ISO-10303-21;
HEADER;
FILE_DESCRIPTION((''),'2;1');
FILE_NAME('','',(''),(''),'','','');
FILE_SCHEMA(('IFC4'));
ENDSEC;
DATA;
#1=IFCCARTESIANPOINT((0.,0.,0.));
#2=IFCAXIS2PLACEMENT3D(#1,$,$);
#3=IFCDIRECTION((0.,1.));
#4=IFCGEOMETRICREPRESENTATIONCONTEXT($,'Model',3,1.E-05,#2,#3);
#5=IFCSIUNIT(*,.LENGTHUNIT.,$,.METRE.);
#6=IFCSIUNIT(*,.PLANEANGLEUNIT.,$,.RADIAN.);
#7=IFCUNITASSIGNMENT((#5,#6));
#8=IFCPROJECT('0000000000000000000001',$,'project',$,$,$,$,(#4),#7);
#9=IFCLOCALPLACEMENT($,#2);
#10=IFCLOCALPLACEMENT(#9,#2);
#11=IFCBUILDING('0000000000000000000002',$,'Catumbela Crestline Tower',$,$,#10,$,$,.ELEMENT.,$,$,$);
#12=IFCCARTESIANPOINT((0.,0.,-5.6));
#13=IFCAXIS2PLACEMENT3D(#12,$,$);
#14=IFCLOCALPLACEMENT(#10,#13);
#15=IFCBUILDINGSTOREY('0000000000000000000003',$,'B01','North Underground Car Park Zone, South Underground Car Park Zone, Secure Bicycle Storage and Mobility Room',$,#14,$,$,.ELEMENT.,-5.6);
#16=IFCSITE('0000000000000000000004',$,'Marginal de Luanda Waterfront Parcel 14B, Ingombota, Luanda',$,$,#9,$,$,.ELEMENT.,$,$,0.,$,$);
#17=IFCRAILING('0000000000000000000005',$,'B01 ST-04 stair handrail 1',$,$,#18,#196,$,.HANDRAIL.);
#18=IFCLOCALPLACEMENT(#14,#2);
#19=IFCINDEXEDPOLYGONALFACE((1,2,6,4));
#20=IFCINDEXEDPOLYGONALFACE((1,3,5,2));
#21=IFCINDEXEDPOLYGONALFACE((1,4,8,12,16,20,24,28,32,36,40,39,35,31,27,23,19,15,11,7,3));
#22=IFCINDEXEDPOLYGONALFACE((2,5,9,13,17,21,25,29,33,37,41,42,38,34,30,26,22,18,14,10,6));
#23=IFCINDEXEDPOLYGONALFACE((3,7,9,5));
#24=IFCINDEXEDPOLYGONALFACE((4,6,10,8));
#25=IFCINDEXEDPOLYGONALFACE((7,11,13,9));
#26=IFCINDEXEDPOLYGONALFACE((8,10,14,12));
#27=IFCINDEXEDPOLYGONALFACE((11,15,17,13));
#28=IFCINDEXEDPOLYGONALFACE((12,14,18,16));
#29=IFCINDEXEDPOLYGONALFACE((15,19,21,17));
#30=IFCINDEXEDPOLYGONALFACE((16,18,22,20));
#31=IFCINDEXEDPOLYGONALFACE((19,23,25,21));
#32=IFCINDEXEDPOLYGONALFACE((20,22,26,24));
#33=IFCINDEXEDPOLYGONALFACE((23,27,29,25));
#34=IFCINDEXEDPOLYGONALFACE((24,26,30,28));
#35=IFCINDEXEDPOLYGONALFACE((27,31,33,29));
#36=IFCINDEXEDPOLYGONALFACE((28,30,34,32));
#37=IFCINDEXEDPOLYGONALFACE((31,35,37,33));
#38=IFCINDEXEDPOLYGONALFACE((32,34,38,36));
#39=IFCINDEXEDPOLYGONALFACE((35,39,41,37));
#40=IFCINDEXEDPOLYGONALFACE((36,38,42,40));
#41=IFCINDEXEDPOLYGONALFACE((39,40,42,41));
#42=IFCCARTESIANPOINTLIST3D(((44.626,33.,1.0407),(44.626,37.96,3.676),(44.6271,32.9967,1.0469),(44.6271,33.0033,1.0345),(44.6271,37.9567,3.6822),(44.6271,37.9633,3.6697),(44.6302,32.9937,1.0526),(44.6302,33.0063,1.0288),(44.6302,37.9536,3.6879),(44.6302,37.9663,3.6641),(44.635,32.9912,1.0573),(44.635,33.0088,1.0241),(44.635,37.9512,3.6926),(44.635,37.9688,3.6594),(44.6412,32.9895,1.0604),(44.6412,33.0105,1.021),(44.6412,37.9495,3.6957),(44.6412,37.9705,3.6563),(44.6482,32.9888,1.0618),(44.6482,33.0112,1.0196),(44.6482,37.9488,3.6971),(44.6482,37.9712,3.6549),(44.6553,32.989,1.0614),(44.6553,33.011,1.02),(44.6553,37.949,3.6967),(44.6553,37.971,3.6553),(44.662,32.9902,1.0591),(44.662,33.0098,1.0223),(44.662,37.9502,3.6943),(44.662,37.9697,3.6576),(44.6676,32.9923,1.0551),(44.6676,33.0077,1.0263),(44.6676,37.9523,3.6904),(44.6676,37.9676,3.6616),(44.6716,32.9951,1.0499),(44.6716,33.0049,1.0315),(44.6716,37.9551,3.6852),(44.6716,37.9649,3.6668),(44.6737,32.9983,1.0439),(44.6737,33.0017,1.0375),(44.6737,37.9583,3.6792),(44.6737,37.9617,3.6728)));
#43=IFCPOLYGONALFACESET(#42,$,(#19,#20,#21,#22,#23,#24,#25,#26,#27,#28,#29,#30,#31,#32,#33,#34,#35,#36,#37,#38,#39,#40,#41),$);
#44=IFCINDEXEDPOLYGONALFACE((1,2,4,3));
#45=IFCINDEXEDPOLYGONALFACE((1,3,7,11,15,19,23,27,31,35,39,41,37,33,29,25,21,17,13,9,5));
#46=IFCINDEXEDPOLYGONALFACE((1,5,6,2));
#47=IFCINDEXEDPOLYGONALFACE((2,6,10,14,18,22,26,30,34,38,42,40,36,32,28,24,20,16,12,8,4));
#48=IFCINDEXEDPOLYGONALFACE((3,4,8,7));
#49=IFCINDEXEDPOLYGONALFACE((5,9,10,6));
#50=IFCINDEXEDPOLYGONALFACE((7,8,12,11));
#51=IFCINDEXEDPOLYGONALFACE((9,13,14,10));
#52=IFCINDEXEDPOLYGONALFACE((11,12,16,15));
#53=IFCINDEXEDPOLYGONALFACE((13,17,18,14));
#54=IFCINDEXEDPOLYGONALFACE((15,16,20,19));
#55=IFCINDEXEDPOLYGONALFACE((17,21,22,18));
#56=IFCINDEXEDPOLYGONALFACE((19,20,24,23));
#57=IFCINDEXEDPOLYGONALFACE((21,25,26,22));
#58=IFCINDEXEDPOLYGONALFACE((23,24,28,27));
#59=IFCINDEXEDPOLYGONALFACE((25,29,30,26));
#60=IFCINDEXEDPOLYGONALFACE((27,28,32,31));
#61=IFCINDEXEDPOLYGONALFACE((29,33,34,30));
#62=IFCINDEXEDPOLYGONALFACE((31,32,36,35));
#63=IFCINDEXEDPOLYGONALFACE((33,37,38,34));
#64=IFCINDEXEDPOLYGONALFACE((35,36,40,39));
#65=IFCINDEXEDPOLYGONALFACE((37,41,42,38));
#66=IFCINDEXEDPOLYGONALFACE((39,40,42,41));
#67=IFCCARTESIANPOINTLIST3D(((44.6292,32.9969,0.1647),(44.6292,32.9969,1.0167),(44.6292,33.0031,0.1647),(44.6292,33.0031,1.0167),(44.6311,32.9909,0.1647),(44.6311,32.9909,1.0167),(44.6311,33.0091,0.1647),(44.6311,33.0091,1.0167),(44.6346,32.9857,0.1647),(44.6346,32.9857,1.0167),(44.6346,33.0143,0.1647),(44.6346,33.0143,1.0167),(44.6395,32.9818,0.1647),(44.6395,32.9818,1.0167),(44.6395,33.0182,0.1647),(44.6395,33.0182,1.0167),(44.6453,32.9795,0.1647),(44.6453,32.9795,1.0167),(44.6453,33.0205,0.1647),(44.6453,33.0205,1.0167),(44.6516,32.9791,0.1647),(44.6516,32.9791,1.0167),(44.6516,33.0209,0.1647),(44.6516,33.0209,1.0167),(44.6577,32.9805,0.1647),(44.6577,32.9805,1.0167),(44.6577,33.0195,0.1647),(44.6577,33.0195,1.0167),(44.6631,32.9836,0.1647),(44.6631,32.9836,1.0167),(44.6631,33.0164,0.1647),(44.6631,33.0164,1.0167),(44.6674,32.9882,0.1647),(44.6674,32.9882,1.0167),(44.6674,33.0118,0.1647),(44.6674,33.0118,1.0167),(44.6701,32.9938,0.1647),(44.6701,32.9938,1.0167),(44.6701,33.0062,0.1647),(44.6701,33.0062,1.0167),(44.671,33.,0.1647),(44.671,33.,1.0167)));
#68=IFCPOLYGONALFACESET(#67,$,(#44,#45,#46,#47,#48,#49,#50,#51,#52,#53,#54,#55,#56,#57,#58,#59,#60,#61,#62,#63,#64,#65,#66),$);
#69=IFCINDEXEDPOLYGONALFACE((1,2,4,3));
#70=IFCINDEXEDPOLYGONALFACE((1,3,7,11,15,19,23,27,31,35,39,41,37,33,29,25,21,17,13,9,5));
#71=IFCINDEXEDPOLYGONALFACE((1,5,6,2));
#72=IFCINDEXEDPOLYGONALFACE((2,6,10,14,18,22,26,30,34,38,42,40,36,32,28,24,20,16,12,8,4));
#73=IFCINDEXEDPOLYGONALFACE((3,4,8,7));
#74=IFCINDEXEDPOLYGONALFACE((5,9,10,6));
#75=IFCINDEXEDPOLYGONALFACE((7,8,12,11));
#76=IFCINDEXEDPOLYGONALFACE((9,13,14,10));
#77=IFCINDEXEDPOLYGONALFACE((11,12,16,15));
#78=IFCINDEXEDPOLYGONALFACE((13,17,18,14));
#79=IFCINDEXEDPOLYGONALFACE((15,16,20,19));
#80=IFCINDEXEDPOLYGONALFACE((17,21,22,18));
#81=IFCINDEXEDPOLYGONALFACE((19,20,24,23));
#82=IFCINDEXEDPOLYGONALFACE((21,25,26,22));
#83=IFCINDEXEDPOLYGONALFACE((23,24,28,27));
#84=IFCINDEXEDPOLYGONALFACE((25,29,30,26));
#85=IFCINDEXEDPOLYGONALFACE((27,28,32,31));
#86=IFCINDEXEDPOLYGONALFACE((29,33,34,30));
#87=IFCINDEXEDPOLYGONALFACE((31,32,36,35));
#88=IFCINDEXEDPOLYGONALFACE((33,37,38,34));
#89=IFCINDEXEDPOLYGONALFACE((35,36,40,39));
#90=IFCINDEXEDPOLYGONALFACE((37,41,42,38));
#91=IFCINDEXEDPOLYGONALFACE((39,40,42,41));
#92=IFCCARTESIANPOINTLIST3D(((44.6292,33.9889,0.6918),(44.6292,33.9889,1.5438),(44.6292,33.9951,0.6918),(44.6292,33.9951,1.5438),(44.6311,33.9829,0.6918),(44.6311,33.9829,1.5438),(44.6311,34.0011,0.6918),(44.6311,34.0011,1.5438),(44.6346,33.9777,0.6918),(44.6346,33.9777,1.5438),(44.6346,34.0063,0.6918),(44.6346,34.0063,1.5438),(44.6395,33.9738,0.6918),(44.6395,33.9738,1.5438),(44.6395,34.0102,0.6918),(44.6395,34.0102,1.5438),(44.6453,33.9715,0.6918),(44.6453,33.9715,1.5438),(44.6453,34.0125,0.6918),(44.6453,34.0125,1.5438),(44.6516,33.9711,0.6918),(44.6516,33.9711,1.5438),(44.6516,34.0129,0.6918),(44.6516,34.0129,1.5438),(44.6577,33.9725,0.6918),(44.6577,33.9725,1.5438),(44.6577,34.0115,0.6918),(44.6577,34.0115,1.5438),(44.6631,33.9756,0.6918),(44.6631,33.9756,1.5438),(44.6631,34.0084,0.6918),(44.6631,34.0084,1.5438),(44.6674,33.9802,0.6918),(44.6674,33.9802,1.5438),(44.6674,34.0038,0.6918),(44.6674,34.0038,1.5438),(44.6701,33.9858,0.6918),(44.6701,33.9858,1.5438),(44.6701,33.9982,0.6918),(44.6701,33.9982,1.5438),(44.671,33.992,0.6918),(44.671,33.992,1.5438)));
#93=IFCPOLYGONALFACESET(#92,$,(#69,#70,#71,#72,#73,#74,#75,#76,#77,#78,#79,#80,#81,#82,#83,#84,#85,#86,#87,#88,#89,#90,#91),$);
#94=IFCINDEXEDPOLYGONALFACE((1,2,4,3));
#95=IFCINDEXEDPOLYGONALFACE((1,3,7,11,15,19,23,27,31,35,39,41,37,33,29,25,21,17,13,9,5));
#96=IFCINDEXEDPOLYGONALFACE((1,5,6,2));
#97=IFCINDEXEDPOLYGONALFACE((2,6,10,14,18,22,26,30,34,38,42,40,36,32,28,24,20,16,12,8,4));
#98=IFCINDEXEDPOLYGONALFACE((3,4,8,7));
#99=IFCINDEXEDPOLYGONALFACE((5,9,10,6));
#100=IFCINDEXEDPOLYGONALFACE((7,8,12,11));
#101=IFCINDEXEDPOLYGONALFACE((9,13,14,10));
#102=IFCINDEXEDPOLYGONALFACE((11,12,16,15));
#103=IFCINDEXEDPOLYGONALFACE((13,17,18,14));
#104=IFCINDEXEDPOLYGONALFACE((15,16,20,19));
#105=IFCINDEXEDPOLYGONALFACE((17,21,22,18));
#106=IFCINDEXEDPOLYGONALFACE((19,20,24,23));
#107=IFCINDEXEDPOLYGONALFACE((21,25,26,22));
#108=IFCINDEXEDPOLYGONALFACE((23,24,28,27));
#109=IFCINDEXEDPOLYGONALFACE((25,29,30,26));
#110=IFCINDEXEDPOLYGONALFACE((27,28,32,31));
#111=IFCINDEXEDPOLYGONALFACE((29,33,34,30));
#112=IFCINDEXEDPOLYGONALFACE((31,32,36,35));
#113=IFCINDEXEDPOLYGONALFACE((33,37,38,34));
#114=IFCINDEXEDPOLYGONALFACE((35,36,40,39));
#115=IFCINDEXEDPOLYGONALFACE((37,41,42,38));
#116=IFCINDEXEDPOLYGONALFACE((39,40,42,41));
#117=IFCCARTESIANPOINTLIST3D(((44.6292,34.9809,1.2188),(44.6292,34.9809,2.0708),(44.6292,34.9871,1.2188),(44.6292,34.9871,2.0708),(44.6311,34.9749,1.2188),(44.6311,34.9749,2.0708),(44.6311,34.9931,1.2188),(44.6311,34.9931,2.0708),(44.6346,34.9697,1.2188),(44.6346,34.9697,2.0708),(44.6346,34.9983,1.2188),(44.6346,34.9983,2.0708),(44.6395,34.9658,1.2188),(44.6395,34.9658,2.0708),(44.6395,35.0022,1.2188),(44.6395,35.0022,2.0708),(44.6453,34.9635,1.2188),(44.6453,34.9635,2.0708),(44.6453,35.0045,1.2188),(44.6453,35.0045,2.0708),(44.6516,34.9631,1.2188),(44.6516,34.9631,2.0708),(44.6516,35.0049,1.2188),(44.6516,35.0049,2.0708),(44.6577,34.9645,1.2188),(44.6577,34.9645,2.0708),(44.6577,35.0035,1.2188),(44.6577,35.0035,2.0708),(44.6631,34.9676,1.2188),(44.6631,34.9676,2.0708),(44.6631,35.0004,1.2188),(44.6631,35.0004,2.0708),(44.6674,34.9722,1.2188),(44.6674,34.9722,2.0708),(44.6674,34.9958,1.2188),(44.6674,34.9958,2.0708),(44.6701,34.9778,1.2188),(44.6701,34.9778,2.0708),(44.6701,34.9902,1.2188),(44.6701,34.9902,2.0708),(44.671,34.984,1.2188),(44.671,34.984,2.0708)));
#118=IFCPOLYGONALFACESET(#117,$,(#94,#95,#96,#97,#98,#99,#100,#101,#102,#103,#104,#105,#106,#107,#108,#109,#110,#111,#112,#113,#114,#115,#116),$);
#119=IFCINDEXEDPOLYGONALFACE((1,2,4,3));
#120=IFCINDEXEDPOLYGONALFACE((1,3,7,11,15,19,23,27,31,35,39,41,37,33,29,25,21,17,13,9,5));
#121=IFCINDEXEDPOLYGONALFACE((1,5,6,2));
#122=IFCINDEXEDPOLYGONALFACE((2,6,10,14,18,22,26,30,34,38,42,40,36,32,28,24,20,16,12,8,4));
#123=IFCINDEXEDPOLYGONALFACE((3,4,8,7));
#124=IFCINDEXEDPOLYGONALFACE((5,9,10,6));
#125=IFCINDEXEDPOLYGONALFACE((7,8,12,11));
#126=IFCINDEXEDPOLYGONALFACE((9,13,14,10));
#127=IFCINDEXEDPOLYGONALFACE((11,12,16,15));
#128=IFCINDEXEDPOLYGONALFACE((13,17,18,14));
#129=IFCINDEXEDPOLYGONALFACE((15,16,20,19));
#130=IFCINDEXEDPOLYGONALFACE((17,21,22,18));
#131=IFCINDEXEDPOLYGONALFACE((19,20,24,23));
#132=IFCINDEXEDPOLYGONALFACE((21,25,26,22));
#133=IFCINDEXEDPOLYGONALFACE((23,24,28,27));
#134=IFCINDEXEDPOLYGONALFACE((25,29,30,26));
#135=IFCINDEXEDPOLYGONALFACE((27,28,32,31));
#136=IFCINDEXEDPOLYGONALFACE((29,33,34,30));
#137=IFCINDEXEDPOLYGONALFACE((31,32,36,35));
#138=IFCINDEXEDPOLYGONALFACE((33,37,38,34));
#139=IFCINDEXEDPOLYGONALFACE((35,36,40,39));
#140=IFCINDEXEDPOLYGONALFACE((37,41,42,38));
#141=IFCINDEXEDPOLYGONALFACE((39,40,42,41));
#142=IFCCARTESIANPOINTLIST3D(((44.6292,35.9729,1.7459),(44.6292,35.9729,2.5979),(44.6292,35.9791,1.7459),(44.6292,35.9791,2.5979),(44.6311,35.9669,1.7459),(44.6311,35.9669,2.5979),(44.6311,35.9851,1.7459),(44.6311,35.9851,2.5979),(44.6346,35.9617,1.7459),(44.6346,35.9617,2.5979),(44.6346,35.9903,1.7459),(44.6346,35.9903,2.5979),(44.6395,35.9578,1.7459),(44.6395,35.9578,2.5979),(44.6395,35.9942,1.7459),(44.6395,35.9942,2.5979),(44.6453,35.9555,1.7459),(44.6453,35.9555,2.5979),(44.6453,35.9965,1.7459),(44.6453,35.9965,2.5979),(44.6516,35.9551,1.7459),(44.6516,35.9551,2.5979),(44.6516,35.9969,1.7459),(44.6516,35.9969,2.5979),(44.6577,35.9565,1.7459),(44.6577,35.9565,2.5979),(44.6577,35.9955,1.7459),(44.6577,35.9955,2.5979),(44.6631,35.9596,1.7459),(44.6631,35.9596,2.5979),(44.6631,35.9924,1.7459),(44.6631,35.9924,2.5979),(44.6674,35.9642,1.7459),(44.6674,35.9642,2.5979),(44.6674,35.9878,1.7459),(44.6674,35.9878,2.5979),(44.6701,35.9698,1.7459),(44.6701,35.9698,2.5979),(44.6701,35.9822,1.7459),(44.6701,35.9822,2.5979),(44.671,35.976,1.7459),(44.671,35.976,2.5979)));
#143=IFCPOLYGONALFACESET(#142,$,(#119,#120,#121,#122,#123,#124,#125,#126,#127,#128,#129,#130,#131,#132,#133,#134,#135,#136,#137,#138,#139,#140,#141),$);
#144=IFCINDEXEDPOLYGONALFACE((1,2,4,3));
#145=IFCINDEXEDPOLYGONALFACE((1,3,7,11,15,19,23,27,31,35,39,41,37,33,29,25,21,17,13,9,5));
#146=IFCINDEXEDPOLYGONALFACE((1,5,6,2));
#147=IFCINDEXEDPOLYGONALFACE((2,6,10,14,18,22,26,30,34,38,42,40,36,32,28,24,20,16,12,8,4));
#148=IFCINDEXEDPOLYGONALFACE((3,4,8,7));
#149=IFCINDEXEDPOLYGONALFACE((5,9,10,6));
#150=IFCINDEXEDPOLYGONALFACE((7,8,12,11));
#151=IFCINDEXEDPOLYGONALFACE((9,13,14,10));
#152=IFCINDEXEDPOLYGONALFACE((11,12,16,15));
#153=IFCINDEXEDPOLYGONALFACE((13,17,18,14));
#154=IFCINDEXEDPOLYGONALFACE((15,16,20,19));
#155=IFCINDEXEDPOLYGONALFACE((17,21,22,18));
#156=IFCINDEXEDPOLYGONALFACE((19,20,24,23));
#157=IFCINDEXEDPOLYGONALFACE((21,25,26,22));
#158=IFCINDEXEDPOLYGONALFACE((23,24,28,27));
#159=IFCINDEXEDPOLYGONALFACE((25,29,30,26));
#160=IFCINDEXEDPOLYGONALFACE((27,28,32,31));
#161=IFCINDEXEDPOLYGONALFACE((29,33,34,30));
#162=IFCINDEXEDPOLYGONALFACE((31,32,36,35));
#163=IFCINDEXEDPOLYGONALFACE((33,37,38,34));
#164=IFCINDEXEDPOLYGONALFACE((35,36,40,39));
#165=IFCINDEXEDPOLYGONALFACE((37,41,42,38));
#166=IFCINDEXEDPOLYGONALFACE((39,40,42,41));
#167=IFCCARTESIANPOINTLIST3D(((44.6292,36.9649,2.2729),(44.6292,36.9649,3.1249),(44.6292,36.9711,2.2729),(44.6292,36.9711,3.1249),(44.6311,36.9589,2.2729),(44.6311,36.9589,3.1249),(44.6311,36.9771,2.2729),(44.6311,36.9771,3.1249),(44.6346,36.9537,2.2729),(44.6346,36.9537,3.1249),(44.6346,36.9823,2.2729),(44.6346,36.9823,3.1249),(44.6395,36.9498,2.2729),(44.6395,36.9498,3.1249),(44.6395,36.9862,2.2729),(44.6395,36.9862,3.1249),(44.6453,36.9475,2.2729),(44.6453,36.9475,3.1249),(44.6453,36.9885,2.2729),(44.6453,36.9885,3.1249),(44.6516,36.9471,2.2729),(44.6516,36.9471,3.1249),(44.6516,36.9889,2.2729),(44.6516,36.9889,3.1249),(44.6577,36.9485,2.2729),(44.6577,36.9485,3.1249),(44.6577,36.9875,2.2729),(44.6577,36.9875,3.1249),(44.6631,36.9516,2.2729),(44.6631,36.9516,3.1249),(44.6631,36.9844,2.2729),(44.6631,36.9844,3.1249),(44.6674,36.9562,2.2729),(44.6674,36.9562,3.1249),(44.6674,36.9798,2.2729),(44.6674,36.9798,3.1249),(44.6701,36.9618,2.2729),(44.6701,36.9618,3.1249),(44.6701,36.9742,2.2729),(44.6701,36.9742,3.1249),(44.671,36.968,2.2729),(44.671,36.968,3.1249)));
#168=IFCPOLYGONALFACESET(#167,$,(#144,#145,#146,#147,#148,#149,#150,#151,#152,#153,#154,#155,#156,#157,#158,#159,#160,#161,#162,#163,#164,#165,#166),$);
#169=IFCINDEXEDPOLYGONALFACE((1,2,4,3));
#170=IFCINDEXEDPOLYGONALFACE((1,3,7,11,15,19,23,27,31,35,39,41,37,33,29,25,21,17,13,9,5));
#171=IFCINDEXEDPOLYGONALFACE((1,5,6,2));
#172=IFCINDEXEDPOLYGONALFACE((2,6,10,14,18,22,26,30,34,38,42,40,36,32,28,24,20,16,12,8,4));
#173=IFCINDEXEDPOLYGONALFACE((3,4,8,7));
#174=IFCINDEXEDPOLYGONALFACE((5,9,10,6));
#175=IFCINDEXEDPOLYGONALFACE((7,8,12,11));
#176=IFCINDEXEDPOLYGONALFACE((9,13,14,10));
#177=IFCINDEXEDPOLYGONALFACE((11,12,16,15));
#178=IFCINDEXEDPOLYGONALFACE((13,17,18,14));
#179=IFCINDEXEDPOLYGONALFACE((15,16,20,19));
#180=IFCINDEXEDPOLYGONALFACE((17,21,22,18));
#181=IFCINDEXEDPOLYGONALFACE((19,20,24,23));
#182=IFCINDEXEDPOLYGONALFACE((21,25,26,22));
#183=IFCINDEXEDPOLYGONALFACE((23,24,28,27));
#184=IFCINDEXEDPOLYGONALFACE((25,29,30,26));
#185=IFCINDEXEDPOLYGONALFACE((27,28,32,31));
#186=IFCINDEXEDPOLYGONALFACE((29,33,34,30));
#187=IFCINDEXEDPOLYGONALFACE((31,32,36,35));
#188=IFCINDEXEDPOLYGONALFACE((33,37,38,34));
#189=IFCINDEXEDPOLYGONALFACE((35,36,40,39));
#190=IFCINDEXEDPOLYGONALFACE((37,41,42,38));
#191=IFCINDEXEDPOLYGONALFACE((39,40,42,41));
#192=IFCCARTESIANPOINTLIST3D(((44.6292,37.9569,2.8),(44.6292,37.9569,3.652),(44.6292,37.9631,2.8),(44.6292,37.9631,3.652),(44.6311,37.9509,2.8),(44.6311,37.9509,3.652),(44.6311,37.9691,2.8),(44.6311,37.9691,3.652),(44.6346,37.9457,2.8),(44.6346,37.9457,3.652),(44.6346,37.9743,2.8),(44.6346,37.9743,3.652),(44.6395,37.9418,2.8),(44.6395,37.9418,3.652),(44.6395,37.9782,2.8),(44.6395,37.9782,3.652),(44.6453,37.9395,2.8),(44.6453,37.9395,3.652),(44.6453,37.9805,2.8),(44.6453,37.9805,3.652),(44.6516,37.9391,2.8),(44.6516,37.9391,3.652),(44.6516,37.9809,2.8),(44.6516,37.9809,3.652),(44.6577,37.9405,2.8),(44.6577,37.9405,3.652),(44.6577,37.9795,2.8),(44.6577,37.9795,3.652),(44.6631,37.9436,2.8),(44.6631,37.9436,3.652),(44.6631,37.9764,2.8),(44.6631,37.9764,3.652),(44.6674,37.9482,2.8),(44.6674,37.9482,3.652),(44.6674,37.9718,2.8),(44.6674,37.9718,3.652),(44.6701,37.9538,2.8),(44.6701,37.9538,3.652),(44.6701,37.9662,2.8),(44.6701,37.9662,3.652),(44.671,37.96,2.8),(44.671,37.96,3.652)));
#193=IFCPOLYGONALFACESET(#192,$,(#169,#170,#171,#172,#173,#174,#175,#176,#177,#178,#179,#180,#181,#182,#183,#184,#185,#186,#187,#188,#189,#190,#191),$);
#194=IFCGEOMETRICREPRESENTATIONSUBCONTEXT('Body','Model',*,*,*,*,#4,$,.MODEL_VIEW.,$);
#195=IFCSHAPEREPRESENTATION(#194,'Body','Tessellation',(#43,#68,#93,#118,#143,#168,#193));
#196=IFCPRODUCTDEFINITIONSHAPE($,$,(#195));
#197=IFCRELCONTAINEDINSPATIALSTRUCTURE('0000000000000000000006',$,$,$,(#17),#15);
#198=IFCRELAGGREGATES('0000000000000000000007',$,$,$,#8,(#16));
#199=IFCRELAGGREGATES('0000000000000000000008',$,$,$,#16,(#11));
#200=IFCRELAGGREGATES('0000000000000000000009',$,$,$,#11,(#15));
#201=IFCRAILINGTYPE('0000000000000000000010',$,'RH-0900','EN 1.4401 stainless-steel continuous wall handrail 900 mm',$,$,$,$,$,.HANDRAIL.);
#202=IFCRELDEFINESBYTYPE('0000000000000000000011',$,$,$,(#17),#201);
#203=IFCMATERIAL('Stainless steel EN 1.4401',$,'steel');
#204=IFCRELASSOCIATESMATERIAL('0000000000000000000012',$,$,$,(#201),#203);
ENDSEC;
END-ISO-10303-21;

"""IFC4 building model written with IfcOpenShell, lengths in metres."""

from ifc_helpers import new_model, si_unit, direction, frame, origin, origin_2d, place, context, subcontext, project, spatial, circle, extrude, material, type_object, element, save


model = new_model("IFC4")

# Units and contexts
model_context = context("Model", 3, precision=1e-05, world=origin(), true_north=direction((0.0, 1.0)))
body_context = subcontext(model_context, "Body", "Model", "MODEL_VIEW")
ifc_project = project(units=[si_unit("LENGTHUNIT", "METRE"), si_unit("PLANEANGLEUNIT", "RADIAN")], contexts=[model_context])

# Site, building, storey
site_placement = place(None, origin())
site = spatial("IfcSite", under=ifc_project, at=site_placement, Name="Marginal de Luanda Waterfront Parcel 14B, Ingombota, Luanda", CompositionType="ELEMENT", RefElevation=0.0)
building_placement = place(site_placement, origin())
building = spatial("IfcBuilding", under=site, at=building_placement, Name="Catumbela Crestline Tower", CompositionType="ELEMENT")
storey_placement = place(building_placement, frame((0.0, 0.0, -5.6)))
storey = spatial("IfcBuildingStorey", under=building, at=storey_placement, Name="B01", Description="North Underground Car Park Zone, South Underground Car Park Zone, Secure Bicycle Storage and Mobility Room", CompositionType="ELEMENT", Elevation=-5.6)

# Shared definitions
ifc_material_1 = material(Name="Stainless steel EN 1.4401", Category="steel")

# Railing
railing_type_1 = type_object("IfcRailingType", Name="RH-0900", Description="EN 1.4401 stainless-steel continuous wall handrail 900 mm", PredefinedType="HANDRAIL", material=ifc_material_1)
railing_1_placement = place(storey_placement, frame((44.65, 33.0, 0.1647)))
element("IfcRailing", 1, at=railing_1_placement, inside=storey, type_object=railing_type_1, Name="B01 ST-04 stair handrail 1", PredefinedType="HANDRAIL", context=body_context, shape_type="SweptSolid", body=[
    extrude(circle(Radius=0.024, at=origin_2d()), frame((0.0, 0.0, 0.876), z_axis=(0.0, 0.883094, 0.469197), x_axis=(-1.0, 0.0, 0.0)), (0.0, 0.0, 1.0), 5.6166),
    extrude(circle(Radius=0.021, at=origin_2d()), origin(), (0.0, 0.0, 1.0), 0.852),
    extrude(circle(Radius=0.021, at=origin_2d()), frame((0.0, 0.992, 0.5271)), (0.0, 0.0, 1.0), 0.852),
    extrude(circle(Radius=0.021, at=origin_2d()), frame((0.0, 1.984, 1.0541)), (0.0, 0.0, 1.0), 0.852),
    extrude(circle(Radius=0.021, at=origin_2d()), frame((0.0, 2.976, 1.5812)), (0.0, 0.0, 1.0), 0.852),
    extrude(circle(Radius=0.021, at=origin_2d()), frame((0.0, 3.968, 2.1082)), (0.0, 0.0, 1.0), 0.852),
    extrude(circle(Radius=0.021, at=origin_2d()), frame((0.0, 4.96, 2.6353)), (0.0, 0.0, 1.0), 0.852),
])

save(model, "model.ifc")
